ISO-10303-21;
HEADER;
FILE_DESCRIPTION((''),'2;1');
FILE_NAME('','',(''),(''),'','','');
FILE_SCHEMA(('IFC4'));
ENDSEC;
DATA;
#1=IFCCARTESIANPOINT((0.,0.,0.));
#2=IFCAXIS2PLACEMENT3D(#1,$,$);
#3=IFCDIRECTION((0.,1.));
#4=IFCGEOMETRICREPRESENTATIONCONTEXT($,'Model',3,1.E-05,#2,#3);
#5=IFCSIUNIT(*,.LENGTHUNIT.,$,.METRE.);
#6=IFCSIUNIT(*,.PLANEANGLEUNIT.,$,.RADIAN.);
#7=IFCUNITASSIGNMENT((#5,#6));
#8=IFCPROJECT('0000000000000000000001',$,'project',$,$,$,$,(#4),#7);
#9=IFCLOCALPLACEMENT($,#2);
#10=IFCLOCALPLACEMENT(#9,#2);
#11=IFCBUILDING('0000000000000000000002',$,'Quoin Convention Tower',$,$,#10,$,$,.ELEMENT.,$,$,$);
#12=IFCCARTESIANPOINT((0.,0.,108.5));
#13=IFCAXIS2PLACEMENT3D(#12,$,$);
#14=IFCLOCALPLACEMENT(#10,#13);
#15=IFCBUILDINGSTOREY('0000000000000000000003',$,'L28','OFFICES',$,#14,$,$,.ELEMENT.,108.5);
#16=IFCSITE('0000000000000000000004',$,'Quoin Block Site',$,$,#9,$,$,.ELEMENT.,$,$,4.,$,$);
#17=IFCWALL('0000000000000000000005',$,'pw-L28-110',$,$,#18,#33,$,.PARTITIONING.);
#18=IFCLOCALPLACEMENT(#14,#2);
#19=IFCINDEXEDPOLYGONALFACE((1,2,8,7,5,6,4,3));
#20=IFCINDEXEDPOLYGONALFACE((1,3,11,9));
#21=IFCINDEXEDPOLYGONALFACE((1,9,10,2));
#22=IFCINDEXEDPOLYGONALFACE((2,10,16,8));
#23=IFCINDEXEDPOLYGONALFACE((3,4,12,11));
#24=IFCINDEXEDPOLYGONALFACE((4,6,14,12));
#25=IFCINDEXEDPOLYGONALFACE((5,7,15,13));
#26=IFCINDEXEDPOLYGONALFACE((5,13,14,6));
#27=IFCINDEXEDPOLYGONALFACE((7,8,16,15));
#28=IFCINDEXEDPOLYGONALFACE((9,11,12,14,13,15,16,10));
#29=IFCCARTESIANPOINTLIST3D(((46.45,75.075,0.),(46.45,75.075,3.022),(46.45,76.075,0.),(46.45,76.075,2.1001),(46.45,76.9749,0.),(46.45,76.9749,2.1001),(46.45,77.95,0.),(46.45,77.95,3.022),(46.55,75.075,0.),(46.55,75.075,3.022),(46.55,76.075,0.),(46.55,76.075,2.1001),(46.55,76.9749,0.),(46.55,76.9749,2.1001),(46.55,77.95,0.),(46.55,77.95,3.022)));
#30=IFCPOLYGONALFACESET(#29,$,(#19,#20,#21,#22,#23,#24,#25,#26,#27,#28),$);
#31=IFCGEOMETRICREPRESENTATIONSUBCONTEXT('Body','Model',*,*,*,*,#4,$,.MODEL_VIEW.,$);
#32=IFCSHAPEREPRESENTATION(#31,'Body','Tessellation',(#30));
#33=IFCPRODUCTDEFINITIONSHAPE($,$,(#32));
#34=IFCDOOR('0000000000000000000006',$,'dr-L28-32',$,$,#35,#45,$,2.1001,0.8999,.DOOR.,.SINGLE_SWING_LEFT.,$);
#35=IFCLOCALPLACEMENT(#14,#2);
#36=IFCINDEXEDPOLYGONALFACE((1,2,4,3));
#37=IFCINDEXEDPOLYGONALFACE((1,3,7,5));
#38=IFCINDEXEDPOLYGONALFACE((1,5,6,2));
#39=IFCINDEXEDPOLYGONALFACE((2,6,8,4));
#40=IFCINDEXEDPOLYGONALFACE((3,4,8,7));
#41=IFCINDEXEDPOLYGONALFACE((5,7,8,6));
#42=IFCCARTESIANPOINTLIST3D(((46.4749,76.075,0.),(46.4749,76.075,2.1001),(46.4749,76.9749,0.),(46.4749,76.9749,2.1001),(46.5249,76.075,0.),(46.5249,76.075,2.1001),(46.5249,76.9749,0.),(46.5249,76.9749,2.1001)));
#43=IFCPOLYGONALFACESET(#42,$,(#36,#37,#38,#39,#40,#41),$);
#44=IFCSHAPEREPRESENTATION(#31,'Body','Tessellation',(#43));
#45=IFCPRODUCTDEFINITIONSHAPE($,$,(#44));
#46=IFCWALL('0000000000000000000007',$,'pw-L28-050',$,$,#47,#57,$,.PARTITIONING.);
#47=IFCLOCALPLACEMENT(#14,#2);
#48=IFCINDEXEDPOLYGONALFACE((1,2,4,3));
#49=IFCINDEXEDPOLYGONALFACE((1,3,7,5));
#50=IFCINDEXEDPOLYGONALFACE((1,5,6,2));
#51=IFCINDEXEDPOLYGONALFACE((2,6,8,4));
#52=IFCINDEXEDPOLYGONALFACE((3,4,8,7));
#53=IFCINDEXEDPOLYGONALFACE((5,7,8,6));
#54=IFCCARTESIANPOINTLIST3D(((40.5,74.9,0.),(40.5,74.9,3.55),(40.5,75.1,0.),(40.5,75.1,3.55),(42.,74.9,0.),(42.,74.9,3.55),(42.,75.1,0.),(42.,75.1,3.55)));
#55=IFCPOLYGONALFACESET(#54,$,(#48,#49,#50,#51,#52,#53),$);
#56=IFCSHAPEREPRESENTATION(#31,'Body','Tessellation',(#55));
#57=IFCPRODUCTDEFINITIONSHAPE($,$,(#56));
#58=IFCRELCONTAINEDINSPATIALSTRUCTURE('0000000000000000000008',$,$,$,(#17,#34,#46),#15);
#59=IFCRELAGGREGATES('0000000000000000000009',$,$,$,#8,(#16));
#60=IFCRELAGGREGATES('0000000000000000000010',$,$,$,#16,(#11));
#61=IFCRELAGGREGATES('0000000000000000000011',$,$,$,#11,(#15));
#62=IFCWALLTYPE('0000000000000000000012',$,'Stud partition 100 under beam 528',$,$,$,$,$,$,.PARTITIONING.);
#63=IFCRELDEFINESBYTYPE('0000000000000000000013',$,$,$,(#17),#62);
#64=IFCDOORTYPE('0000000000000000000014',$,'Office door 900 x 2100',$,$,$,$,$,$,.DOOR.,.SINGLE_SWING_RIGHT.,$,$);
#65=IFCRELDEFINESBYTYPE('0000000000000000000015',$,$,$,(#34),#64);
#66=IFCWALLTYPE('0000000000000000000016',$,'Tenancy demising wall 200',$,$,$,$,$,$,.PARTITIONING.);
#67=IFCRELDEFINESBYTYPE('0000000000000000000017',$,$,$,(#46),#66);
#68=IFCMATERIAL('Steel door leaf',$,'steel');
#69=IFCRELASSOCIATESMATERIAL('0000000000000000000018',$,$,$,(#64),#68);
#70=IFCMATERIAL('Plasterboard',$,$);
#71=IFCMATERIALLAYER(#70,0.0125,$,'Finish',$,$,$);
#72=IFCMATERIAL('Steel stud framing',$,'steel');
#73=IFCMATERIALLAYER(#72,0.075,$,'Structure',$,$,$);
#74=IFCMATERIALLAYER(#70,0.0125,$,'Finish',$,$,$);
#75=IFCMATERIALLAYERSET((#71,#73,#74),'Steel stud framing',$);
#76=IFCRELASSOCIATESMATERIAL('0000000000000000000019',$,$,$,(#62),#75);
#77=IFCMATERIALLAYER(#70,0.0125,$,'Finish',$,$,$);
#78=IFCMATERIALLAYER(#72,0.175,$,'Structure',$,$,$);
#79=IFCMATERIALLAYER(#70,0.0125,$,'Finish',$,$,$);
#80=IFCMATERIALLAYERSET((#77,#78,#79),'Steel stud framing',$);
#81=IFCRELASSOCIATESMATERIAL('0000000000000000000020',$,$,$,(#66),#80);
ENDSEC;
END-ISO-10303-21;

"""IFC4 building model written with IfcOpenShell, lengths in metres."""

from ifc_helpers import new_model, si_unit, direction, frame, frame_2d, origin, place, context, subcontext, project, spatial, rectangle, extrude, material, layer, layer_set, type_object, element, fill, save


model = new_model("IFC4")

# Units and contexts
model_context = context("Model", 3, precision=1e-05, world=origin(), true_north=direction((0.0, 1.0)))
body_context = subcontext(model_context, "Body", "Model", "MODEL_VIEW")
ifc_project = project(units=[si_unit("LENGTHUNIT", "METRE"), si_unit("PLANEANGLEUNIT", "RADIAN")], contexts=[model_context])

# Site, building, storey
site_placement = place(None, origin())
site = spatial("IfcSite", under=ifc_project, at=site_placement, Name="Quoin Block Site", CompositionType="ELEMENT", RefElevation=4.0)
building_placement = place(site_placement, origin())
building = spatial("IfcBuilding", under=site, at=building_placement, Name="Quoin Convention Tower", CompositionType="ELEMENT")
storey_placement = place(building_placement, frame((0.0, 0.0, 108.5)))
storey = spatial("IfcBuildingStorey", under=building, at=storey_placement, Name="L28", Description="OFFICES", CompositionType="ELEMENT", Elevation=108.5)

# Shared definitions
ifc_material_1 = material(Name="Plasterboard")
ifc_material_2 = material(Name="Steel stud framing", Category="steel")
ifc_material_3 = material(Name="Steel door leaf", Category="steel")

# Shared definitions
door_type_1 = type_object("IfcDoorType", Name="Office door 900 x 2100", OperationType="SINGLE_SWING_RIGHT", PredefinedType="DOOR", material=ifc_material_3)

# Wall, opening, door
ifc_layer_1 = layer(ifc_material_1, 0.0125, Name="Finish")
ifc_layer_2 = layer(ifc_material_2, 0.075, Name="Structure")
ifc_layer_3 = layer(ifc_material_1, 0.0125, Name="Finish")
ifc_layer_set_1 = layer_set([ifc_layer_1, ifc_layer_2, ifc_layer_3], Name="Steel stud framing")
wall_type_1 = type_object("IfcWallType", Name="Stud partition 100 under beam 528", PredefinedType="PARTITIONING", material=ifc_layer_set_1)
wall_1_placement = place(storey_placement, frame((46.5, 75.075, 0.0), z_axis=(0.0, 0.0, 1.0), x_axis=(0.0, 1.0, 0.0)))
wall_1 = element("IfcWall", 1, at=wall_1_placement, inside=storey, type_object=wall_type_1, Name="pw-L28-110", PredefinedType="PARTITIONING", context=body_context, shape_type="SweptSolid", body=[
    extrude(rectangle(XDim=2.875, YDim=0.1001, at=frame_2d((1.4375, 0.0))), origin(), (0.0, 0.0, 1.0), 3.022),
])
opening_1_placement = place(wall_1_placement, frame((1.0, 0.0, 0.0)))
opening_1 = element("IfcOpeningElement", 2, at=opening_1_placement, cuts=wall_1, PredefinedType="OPENING", context=body_context, shape_type="SweptSolid", body=[
    extrude(rectangle(XDim=0.8999, YDim=2.1001, at=frame_2d((0.45, 1.05))), frame((0.0, 0.0601, 0.0), z_axis=(0.0, -1.0, 0.0), x_axis=(1.0, 0.0, 0.0)), (0.0, 0.0, 1.0), 0.1201),
])
door_1_placement = place(opening_1_placement, frame((0.8999, 0.0, 0.0), z_axis=(0.0, 0.0, 1.0), x_axis=(-1.0, 0.0, 0.0)))
door_1 = element("IfcDoor", 3, at=door_1_placement, inside=storey, type_object=door_type_1, Name="dr-L28-32", OperationType="SINGLE_SWING_LEFT", OverallHeight=2.1001, OverallWidth=0.8999, PredefinedType="DOOR", context=body_context, shape_type="SweptSolid", body=[
    extrude(rectangle(XDim=0.8999, YDim=2.1001, at=frame_2d((0.45, 1.05))), frame((0.0, 0.0249, 0.0), z_axis=(0.0, -1.0, 0.0), x_axis=(1.0, 0.0, 0.0)), (0.0, 0.0, 1.0), 0.05),
])
fill(opening_1, door_1)

# Wall
ifc_layer_4 = layer(ifc_material_1, 0.0125, Name="Finish")
ifc_layer_5 = layer(ifc_material_2, 0.175, Name="Structure")
ifc_layer_6 = layer(ifc_material_1, 0.0125, Name="Finish")
ifc_layer_set_2 = layer_set([ifc_layer_4, ifc_layer_5, ifc_layer_6], Name="Steel stud framing")
wall_type_2 = type_object("IfcWallType", Name="Tenancy demising wall 200", PredefinedType="PARTITIONING", material=ifc_layer_set_2)
wall_2_placement = place(storey_placement, frame((40.5, 75.0, 0.0), z_axis=(0.0, 0.0, 1.0), x_axis=(1.0, 0.0, 0.0)))
element("IfcWall", 4, at=wall_2_placement, inside=storey, type_object=wall_type_2, Name="pw-L28-050", PredefinedType="PARTITIONING", context=body_context, shape_type="SweptSolid", body=[
    extrude(rectangle(XDim=1.5, YDim=0.2, at=frame_2d((0.75, 0.0))), origin(), (0.0, 0.0, 1.0), 3.55),
])

save(model, "model.ifc")
